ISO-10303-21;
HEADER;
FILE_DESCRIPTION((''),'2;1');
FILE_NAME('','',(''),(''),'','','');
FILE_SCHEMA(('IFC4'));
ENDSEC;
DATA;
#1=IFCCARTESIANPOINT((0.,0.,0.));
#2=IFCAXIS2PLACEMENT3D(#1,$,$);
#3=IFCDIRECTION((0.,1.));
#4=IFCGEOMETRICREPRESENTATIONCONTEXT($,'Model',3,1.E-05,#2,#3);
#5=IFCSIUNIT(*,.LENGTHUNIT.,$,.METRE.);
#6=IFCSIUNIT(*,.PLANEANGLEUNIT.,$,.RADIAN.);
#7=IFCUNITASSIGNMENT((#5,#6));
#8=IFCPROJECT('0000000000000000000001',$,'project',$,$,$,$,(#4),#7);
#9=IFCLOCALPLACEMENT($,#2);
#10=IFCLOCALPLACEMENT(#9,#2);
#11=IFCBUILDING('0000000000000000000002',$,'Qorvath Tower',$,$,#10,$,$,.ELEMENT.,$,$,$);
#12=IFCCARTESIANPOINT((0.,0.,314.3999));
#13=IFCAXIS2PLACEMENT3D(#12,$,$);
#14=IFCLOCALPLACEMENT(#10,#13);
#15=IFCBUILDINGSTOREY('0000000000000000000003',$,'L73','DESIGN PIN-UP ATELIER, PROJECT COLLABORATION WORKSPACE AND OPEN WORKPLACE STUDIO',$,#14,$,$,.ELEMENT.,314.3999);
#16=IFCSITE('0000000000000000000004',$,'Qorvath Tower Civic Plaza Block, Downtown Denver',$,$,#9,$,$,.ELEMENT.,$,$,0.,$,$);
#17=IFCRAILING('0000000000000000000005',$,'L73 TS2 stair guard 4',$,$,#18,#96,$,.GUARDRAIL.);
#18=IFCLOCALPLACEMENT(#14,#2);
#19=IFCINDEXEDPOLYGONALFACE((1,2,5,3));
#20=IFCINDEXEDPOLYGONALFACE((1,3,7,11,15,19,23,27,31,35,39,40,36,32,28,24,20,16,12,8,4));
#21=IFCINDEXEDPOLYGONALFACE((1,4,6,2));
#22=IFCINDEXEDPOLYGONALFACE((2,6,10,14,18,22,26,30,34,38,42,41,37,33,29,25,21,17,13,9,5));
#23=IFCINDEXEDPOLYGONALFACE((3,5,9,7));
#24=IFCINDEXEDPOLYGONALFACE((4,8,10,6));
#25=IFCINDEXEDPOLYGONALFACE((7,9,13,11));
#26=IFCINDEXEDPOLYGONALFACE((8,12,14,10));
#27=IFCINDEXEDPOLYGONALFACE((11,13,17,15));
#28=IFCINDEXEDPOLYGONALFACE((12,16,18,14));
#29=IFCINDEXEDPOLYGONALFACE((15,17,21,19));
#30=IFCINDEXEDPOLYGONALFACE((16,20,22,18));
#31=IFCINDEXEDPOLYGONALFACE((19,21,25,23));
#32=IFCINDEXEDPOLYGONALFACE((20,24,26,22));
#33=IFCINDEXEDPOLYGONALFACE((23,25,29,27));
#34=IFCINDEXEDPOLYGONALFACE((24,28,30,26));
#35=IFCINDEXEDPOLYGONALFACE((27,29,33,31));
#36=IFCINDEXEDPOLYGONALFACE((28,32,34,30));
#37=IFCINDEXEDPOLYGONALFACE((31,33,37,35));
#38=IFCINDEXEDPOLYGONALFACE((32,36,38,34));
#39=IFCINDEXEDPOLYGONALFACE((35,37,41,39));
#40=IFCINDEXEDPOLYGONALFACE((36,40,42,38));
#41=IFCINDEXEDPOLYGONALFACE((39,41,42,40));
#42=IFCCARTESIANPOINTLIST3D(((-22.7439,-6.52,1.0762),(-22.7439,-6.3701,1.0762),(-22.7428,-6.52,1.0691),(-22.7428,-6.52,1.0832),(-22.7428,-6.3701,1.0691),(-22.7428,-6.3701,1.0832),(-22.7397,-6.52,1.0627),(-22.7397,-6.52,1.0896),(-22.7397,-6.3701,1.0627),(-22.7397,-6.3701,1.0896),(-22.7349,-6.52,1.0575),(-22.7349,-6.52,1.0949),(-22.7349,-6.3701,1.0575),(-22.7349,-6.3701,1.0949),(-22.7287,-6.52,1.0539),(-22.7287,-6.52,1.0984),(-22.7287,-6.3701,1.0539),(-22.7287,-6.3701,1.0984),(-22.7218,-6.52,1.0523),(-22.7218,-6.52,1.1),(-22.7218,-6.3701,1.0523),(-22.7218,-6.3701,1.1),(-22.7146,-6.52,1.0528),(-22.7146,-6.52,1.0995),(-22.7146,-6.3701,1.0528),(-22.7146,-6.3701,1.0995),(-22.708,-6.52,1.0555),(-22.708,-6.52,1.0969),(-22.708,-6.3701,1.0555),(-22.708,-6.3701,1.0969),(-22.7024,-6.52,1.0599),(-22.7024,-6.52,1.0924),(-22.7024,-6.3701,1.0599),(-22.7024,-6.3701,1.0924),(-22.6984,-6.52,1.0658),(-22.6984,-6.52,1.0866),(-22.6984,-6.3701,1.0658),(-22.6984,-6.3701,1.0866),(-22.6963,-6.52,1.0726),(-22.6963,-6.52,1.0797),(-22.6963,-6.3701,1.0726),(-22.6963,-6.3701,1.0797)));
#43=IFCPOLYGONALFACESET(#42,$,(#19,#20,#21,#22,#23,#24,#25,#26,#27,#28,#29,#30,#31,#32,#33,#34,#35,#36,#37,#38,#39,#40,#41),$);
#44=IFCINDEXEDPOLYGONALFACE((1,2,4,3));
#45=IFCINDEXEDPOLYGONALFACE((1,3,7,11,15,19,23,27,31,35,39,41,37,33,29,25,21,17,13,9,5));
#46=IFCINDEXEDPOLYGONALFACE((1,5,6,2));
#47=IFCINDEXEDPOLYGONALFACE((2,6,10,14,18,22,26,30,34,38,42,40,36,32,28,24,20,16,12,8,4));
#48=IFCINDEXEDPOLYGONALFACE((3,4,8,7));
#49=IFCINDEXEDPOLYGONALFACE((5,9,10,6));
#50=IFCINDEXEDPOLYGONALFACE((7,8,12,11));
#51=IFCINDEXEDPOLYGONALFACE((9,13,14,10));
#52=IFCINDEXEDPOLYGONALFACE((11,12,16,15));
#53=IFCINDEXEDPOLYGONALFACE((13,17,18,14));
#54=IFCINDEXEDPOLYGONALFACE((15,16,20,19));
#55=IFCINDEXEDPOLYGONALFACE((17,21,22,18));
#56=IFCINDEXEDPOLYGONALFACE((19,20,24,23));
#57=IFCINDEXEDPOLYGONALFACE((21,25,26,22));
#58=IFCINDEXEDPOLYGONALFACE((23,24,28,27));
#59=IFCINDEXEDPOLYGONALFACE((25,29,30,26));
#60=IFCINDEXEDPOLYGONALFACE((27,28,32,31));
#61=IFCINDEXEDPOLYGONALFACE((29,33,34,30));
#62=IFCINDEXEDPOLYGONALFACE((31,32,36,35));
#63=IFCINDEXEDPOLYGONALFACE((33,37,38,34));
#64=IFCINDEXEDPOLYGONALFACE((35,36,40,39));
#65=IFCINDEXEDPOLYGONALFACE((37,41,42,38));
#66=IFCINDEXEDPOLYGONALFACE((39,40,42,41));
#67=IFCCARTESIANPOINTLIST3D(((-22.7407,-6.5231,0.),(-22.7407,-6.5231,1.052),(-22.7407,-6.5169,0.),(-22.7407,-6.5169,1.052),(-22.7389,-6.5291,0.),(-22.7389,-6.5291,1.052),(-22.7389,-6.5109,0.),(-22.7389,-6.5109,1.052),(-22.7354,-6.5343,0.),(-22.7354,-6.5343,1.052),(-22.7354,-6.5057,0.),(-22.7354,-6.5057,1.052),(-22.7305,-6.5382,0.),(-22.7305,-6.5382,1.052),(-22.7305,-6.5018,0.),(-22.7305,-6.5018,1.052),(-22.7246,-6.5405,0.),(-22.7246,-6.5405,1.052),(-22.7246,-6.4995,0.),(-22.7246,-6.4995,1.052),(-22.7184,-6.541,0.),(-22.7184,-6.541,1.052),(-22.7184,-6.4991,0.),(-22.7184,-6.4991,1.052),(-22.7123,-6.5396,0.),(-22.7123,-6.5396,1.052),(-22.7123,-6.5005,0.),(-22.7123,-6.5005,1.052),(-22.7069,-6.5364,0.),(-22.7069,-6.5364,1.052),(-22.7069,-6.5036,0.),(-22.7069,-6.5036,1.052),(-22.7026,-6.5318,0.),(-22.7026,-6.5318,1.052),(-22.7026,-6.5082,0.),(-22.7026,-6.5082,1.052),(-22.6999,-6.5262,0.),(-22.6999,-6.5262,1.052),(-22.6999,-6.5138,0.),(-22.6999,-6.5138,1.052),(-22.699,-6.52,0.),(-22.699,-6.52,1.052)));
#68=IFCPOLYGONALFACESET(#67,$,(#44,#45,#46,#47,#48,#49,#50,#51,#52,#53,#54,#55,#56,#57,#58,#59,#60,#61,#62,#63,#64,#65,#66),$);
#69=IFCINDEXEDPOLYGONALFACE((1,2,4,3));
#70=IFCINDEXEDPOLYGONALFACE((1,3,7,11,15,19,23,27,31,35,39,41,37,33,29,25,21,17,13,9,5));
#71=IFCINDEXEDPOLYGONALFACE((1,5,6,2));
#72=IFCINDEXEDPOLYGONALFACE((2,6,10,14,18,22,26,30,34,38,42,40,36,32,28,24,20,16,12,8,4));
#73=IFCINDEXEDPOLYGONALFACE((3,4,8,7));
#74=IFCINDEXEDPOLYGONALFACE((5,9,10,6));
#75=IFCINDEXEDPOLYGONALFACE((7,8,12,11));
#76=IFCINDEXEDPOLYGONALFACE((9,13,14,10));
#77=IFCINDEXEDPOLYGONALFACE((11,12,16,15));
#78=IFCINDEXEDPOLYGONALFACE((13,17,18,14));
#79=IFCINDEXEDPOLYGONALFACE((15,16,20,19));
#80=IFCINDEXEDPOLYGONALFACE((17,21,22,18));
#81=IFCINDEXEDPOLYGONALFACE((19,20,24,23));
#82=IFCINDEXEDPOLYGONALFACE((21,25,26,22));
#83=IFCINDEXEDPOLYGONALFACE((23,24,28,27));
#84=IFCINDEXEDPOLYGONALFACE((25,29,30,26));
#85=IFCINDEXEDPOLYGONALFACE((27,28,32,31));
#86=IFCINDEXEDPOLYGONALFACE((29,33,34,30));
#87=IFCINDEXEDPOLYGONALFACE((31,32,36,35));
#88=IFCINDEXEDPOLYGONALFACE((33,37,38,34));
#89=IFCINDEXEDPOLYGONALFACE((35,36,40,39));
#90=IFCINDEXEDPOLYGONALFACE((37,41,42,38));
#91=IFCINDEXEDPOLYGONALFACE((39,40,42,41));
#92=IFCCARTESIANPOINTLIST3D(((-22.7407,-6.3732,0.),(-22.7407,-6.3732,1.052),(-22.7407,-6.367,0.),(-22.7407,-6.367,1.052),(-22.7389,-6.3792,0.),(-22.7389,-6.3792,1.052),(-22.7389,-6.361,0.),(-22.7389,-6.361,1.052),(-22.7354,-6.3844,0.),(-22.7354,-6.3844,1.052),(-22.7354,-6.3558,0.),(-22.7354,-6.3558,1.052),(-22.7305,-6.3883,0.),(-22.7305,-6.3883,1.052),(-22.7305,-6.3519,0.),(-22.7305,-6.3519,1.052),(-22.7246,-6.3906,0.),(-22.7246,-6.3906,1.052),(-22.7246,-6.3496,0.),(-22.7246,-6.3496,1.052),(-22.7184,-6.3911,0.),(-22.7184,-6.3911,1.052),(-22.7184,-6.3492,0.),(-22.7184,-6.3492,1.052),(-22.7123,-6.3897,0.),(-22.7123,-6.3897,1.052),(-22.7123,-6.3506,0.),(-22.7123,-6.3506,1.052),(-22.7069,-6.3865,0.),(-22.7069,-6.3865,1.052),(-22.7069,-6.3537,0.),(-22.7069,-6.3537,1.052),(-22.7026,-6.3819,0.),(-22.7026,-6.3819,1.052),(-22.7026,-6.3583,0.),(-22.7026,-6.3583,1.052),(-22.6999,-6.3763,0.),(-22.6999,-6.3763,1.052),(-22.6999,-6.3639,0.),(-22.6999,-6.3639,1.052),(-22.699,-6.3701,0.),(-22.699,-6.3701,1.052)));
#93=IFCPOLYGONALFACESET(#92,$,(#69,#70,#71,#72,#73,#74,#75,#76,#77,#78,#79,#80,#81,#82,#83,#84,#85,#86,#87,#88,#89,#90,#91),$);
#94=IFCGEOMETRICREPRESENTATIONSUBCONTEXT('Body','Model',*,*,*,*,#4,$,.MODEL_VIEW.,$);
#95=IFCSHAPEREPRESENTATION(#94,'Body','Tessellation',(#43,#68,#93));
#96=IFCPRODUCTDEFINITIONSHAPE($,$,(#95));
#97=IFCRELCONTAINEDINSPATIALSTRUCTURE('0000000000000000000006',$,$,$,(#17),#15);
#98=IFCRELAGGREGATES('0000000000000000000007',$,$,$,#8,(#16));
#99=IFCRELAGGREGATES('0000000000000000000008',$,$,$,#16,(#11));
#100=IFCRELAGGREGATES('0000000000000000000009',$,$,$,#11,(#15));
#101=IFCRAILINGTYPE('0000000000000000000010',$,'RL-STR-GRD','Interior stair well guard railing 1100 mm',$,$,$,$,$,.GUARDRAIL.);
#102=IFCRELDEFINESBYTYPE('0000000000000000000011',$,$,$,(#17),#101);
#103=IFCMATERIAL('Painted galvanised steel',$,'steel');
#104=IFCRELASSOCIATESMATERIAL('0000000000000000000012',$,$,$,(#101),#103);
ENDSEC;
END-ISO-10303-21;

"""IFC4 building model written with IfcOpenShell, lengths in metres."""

from ifc_helpers import new_model, si_unit, direction, frame, origin, origin_2d, place, context, subcontext, project, spatial, circle, extrude, material, type_object, element, save


model = new_model("IFC4")

# Units and contexts
model_context = context("Model", 3, precision=1e-05, world=origin(), true_north=direction((0.0, 1.0)))
body_context = subcontext(model_context, "Body", "Model", "MODEL_VIEW")
ifc_project = project(units=[si_unit("LENGTHUNIT", "METRE"), si_unit("PLANEANGLEUNIT", "RADIAN")], contexts=[model_context])

# Site, building, storey
site_placement = place(None, origin())
site = spatial("IfcSite", under=ifc_project, at=site_placement, Name="Qorvath Tower Civic Plaza Block, Downtown Denver", CompositionType="ELEMENT", RefElevation=0.0)
building_placement = place(site_placement, origin())
building = spatial("IfcBuilding", under=site, at=building_placement, Name="Qorvath Tower", CompositionType="ELEMENT")
storey_placement = place(building_placement, frame((0.0, 0.0, 314.3999)))
storey = spatial("IfcBuildingStorey", under=building, at=storey_placement, Name="L73", Description="DESIGN PIN-UP ATELIER, PROJECT COLLABORATION WORKSPACE AND OPEN WORKPLACE STUDIO", CompositionType="ELEMENT", Elevation=314.3999)

# Railing
ifc_material_1 = material(Name="Painted galvanised steel", Category="steel")
railing_type_1 = type_object("IfcRailingType", Name="RL-STR-GRD", Description="Interior stair well guard railing 1100 mm", PredefinedType="GUARDRAIL", material=ifc_material_1)
railing_1_placement = place(storey_placement, frame((-22.72, -6.52, 0.0)))
element("IfcRailing", 1, at=railing_1_placement, inside=storey, type_object=railing_type_1, Name="L73 TS2 stair guard 4", PredefinedType="GUARDRAIL", context=body_context, shape_type="SweptSolid", body=[
    extrude(circle(Radius=0.0239, at=origin_2d()), frame((0.0, 0.0, 1.0762), z_axis=(0.0, 1.0, 0.0), x_axis=(-1.0, 0.0, 0.0)), (0.0, 0.0, 1.0), 0.1499),
    extrude(circle(Radius=0.021, at=origin_2d()), origin(), (0.0, 0.0, 1.0), 1.052),
    extrude(circle(Radius=0.021, at=origin_2d()), frame((0.0, 0.1499, 0.0)), (0.0, 0.0, 1.0), 1.052),
])

save(model, "model.ifc")
